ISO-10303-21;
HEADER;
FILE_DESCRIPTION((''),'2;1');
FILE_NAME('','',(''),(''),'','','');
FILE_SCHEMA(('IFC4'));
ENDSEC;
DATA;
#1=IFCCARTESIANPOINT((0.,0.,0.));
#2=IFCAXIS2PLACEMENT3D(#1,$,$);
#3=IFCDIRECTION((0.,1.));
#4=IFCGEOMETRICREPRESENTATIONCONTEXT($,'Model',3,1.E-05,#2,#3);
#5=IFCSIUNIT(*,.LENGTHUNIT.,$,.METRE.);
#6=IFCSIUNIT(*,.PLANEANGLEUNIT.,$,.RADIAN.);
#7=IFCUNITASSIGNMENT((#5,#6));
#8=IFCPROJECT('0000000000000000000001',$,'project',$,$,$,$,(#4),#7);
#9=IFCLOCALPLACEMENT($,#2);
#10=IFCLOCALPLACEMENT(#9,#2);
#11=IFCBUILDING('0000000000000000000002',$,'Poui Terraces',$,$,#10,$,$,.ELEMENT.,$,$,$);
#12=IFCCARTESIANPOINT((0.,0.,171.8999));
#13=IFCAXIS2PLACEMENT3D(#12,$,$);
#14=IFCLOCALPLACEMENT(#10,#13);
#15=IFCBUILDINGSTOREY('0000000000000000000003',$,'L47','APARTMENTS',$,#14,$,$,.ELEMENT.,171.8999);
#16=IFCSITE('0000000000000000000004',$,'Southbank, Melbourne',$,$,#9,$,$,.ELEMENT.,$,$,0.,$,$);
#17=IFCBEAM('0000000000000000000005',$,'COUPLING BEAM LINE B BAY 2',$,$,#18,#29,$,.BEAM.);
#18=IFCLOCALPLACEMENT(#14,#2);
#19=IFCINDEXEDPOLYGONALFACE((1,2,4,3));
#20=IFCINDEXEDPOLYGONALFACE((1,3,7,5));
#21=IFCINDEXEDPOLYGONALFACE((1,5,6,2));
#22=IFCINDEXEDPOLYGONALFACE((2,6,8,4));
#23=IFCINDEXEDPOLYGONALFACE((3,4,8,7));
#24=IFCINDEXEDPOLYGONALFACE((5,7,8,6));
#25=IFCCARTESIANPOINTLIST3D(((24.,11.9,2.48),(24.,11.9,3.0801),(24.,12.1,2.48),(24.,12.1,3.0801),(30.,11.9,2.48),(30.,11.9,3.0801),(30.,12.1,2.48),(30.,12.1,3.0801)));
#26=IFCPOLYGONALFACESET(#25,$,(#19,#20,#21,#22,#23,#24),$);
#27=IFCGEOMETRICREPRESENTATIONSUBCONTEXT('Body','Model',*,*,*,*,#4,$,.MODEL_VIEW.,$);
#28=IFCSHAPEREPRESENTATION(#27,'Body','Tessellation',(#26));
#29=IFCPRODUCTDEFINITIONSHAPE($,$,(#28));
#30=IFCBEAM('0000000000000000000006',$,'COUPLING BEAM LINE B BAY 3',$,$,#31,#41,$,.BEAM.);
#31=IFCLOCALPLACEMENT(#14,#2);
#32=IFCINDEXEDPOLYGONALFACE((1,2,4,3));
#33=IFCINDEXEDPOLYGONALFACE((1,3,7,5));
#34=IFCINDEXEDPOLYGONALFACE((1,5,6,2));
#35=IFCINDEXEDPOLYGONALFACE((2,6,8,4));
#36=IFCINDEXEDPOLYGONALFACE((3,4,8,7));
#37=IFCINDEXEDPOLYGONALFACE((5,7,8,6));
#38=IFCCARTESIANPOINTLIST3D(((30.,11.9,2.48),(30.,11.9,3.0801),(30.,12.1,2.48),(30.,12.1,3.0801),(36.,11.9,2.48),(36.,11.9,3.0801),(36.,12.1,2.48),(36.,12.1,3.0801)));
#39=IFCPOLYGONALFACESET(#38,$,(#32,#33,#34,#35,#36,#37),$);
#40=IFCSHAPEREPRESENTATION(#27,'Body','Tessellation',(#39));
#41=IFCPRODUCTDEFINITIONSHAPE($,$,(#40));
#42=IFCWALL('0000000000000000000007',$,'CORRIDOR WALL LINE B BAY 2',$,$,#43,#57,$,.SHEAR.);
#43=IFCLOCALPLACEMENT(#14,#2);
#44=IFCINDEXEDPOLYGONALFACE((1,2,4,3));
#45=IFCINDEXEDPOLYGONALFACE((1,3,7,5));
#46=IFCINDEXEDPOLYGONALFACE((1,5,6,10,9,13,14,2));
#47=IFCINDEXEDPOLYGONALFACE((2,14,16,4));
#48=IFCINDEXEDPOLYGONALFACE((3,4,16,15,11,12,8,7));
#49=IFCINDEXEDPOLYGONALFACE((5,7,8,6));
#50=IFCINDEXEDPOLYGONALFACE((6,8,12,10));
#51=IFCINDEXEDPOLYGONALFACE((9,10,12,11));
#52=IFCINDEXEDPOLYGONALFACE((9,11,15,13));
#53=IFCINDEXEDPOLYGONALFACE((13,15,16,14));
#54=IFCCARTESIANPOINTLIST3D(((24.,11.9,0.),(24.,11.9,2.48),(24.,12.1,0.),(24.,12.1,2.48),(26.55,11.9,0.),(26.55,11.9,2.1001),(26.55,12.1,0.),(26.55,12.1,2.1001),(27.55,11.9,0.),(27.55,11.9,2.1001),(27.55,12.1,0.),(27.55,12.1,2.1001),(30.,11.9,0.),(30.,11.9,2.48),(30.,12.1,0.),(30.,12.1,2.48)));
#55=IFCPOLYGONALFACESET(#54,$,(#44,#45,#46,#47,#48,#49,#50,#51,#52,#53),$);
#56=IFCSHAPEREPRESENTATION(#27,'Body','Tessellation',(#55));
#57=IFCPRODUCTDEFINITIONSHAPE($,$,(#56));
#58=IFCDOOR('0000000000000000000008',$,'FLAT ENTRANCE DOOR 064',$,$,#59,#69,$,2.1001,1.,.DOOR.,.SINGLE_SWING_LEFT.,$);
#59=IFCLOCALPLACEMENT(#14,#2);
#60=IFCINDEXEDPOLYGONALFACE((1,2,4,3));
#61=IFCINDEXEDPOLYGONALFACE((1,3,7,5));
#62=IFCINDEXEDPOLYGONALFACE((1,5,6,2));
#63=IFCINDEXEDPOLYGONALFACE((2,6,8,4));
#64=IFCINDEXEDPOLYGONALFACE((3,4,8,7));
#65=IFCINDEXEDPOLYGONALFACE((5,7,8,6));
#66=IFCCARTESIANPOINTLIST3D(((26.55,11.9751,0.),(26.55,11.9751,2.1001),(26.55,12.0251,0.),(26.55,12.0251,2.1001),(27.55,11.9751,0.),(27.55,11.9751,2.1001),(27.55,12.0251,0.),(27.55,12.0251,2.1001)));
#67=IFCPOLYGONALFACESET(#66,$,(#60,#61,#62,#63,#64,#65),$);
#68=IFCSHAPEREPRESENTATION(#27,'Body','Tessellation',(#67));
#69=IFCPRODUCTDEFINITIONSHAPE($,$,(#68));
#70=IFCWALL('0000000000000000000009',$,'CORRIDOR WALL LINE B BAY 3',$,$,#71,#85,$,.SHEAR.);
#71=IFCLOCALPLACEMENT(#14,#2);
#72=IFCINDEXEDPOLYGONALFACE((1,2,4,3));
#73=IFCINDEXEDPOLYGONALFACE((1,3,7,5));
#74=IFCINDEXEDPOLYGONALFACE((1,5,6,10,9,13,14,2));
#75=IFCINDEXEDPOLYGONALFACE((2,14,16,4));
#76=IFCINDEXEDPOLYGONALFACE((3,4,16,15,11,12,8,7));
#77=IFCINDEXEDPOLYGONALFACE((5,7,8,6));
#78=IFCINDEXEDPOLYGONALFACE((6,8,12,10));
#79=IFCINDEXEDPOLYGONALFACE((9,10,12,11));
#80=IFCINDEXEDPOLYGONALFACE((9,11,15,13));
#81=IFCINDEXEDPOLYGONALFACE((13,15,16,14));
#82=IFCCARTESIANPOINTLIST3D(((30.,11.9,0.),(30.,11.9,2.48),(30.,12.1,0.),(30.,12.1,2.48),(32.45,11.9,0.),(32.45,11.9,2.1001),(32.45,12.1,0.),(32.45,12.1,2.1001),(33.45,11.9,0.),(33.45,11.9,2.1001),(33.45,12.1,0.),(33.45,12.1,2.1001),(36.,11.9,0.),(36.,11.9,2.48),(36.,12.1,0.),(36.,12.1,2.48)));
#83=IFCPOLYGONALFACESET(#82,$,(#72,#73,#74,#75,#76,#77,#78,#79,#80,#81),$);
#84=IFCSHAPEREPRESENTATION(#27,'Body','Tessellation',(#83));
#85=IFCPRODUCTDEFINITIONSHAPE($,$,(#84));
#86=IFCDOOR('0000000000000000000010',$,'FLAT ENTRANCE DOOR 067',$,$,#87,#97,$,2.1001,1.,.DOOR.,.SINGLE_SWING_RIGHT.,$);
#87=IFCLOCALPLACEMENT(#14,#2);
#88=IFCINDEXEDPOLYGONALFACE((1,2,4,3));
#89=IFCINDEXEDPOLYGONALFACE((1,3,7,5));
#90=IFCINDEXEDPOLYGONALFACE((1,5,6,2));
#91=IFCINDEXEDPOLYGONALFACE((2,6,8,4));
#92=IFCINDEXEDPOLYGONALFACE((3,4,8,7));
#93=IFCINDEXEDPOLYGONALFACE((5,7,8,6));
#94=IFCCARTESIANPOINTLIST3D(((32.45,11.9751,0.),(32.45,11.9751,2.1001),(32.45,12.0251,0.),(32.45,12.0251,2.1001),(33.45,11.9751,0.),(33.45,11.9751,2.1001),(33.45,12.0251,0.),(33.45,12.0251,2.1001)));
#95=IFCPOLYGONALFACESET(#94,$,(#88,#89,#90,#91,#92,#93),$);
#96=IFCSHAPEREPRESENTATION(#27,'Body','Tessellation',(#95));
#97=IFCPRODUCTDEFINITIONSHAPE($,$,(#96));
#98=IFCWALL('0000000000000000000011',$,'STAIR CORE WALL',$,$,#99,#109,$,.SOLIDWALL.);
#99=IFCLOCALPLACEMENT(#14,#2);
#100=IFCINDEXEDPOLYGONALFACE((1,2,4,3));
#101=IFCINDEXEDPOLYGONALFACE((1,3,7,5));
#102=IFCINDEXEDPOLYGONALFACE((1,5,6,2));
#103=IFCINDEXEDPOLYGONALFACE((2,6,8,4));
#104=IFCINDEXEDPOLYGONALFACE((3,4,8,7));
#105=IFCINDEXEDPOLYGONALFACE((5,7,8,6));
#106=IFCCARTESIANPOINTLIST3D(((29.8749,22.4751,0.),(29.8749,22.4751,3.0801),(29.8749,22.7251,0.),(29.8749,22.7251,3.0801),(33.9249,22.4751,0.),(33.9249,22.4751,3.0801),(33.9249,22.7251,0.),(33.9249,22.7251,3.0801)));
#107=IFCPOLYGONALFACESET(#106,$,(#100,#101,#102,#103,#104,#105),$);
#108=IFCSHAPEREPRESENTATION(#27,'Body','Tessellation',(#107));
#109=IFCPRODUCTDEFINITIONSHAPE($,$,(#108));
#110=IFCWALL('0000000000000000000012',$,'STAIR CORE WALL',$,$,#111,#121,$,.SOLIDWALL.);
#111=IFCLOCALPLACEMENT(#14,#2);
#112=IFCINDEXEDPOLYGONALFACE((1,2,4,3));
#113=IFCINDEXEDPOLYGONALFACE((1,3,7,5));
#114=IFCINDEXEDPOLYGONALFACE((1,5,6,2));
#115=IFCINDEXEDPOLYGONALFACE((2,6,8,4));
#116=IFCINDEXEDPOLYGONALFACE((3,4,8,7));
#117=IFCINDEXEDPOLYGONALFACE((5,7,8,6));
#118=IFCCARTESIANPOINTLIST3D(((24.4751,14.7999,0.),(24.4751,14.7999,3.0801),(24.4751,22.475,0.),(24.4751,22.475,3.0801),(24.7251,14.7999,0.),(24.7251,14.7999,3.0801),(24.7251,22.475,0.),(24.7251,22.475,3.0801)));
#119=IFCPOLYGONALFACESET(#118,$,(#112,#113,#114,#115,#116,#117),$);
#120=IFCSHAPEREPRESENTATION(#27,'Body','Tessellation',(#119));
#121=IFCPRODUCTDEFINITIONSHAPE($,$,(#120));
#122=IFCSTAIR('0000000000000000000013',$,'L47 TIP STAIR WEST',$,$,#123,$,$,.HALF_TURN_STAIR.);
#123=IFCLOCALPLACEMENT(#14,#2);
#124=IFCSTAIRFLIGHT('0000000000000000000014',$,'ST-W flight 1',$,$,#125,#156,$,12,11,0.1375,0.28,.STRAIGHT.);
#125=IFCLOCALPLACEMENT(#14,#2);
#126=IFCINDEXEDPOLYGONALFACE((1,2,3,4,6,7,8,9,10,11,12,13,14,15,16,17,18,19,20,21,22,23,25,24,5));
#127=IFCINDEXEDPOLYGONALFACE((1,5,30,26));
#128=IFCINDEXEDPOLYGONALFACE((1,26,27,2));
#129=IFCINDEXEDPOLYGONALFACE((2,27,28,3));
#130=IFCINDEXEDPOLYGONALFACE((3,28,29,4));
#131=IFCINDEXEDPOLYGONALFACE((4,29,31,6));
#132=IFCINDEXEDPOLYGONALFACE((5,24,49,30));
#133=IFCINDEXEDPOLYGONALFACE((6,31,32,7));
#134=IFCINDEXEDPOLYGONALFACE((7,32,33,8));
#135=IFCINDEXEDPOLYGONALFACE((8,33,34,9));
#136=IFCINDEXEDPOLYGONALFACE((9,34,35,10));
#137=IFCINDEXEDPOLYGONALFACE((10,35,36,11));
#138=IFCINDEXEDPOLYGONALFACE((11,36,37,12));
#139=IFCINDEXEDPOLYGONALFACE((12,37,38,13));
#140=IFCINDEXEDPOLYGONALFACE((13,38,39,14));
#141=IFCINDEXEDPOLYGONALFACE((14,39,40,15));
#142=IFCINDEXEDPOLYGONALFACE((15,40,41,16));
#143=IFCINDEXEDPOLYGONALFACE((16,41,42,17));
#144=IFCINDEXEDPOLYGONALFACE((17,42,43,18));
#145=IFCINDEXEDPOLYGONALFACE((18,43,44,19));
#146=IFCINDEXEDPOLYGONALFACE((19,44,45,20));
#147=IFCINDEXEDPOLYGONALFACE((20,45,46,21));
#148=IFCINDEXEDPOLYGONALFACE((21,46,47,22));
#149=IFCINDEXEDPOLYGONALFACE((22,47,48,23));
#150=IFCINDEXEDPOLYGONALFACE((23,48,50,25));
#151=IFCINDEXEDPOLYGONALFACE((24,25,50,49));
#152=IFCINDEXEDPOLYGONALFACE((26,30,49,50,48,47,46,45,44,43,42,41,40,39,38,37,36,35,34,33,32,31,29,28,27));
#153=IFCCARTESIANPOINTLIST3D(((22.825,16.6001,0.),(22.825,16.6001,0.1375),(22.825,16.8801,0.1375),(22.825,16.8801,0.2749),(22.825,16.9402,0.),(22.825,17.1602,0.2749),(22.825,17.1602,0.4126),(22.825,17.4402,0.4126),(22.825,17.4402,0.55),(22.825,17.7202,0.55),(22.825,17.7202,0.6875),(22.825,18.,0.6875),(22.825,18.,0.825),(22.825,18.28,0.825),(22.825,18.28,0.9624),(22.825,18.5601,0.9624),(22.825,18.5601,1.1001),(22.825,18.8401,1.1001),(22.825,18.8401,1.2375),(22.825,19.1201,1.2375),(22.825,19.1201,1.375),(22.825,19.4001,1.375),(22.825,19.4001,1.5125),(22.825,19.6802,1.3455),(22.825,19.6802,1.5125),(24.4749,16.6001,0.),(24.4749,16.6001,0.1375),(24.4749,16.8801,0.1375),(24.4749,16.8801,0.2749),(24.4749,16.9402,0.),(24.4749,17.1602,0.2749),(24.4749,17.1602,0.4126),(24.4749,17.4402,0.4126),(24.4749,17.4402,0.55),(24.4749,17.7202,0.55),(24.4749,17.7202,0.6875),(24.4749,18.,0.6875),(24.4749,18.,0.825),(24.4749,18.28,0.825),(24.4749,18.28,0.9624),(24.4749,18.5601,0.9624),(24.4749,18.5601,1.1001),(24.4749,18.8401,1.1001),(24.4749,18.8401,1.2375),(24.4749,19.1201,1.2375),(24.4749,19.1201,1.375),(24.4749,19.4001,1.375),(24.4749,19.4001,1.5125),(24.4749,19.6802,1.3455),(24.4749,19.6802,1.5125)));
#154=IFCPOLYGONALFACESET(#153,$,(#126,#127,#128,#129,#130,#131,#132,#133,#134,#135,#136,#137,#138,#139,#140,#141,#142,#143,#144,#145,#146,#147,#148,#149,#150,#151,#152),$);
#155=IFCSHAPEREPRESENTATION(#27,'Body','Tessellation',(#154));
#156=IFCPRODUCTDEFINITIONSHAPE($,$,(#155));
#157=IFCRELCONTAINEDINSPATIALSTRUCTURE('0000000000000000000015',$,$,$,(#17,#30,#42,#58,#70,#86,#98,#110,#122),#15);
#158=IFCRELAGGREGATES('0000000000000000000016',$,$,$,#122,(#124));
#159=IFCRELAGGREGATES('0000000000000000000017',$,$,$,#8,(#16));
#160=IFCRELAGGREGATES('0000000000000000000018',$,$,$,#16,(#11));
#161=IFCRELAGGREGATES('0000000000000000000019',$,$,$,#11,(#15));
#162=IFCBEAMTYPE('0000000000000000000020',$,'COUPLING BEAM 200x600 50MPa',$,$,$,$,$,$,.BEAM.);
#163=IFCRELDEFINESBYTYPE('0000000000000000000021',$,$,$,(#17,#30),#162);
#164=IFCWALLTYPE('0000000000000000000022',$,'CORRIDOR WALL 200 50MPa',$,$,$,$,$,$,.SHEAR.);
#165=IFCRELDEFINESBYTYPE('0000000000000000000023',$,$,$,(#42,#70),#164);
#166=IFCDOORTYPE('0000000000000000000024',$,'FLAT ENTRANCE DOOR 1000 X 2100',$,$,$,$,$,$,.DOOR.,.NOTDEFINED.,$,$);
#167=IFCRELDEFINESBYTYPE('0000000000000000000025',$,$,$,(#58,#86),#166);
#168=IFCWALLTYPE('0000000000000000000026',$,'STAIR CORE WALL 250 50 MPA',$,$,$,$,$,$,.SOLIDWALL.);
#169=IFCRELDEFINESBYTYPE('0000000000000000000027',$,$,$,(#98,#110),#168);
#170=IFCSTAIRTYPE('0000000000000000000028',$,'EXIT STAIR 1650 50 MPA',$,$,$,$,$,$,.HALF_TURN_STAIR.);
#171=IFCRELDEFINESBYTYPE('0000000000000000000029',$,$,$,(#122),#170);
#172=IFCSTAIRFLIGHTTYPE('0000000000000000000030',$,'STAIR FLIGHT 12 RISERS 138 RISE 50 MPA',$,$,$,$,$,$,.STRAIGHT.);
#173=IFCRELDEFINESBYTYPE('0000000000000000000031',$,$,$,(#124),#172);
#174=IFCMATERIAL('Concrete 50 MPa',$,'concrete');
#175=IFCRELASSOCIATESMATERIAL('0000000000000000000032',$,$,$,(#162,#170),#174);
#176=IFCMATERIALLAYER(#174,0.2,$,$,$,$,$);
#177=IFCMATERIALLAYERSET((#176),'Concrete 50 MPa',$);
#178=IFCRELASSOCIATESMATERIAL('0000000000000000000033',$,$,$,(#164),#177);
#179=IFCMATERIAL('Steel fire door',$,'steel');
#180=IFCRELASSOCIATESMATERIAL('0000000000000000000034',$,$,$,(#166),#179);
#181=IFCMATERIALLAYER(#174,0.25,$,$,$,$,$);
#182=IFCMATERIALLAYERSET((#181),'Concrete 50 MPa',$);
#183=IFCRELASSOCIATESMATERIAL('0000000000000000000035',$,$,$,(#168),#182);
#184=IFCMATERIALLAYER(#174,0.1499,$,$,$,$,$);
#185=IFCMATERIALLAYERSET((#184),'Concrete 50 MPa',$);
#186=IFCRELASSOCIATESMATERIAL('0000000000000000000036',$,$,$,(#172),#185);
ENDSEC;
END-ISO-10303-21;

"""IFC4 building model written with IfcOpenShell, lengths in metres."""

from ifc_helpers import new_model, si_unit, direction, frame, frame_2d, origin, origin_2d, place, context, subcontext, project, spatial, polyline, rectangle, outline, extrude, source, transform, mapped, material, layer, layer_set, material_profile, profile_set, type_object, element, fill, aggregate, save


model = new_model("IFC4")

# Units and contexts
model_context = context("Model", 3, precision=1e-05, world=origin(), true_north=direction((0.0, 1.0)))
body_context = subcontext(model_context, "Body", "Model", "MODEL_VIEW")
ifc_project = project(units=[si_unit("LENGTHUNIT", "METRE"), si_unit("PLANEANGLEUNIT", "RADIAN")], contexts=[model_context])

# Site, building, storey
site_placement = place(None, origin())
site = spatial("IfcSite", under=ifc_project, at=site_placement, Name="Southbank, Melbourne", CompositionType="ELEMENT", RefElevation=0.0)
building_placement = place(site_placement, origin())
building = spatial("IfcBuilding", under=site, at=building_placement, Name="Poui Terraces", CompositionType="ELEMENT")
storey_placement = place(building_placement, frame((0.0, 0.0, 171.8999)))
storey = spatial("IfcBuildingStorey", under=building, at=storey_placement, Name="L47", Description="APARTMENTS", CompositionType="ELEMENT", Elevation=171.8999)

# Beams
ifc_material_1 = material(Name="Concrete 50 MPa", Category="concrete")
ifc_material_profile = material_profile(ifc_material_1, rectangle(XDim=0.2, YDim=0.6001, at=origin_2d()), Name="RC 200x600")
ifc_profile_set = profile_set([ifc_material_profile], Name="Concrete 50 MPa")
beam_type = type_object("IfcBeamType", Name="COUPLING BEAM 200x600 50MPa", PredefinedType="BEAM", material=ifc_profile_set)
shared_shape = source(origin(), body_context, "Body", "SweptSolid", [
    extrude(rectangle(XDim=0.2, YDim=0.6001, at=origin_2d()), origin(), (0.0, 0.0, 1.0), 6.0),
])
for number, where, z_axis, x_axis, name in (
    (1, (24.0, 12.0, 2.78), (1.0, 0.0, 0.0), (0.0, 1.0, 0.0), "COUPLING BEAM LINE B BAY 2"),
    (2, (30.0, 12.0, 2.78), (1.0, 0.0, 0.0), (0.0, 1.0, 0.0), "COUPLING BEAM LINE B BAY 3"),
):
    element("IfcBeam", number, at=place(storey_placement, frame(where, z_axis=z_axis, x_axis=x_axis)), inside=storey, type_object=beam_type, Name=name, PredefinedType="BEAM", context=body_context, shape_type="MappedRepresentation", body=[
        mapped(shared_shape, transform((0.0, 0.0, 0.0))),
    ])

# Walls, openings, doors
ifc_layer_1 = layer(ifc_material_1, 0.2)
ifc_layer_set_1 = layer_set([ifc_layer_1], Name="Concrete 50 MPa")
wall_type_1 = type_object("IfcWallType", Name="CORRIDOR WALL 200 50MPa", PredefinedType="SHEAR", material=ifc_layer_set_1)
wall_1_placement = place(storey_placement, frame((24.0, 12.0, 0.0), z_axis=(0.0, 0.0, 1.0), x_axis=(1.0, 0.0, 0.0)))
wall_1 = element("IfcWall", 3, at=wall_1_placement, inside=storey, type_object=wall_type_1, Name="CORRIDOR WALL LINE B BAY 2", PredefinedType="SHEAR", context=body_context, shape_type="SweptSolid", body=[
    extrude(rectangle(XDim=6.0, YDim=0.2, at=frame_2d((3.0, 0.0))), origin(), (0.0, 0.0, 1.0), 2.48),
])
opening_1_placement = place(wall_1_placement, frame((2.55, 0.0, 0.0)))
opening_1 = element("IfcOpeningElement", 4, at=opening_1_placement, cuts=wall_1, PredefinedType="OPENING", context=body_context, shape_type="SweptSolid", body=[
    extrude(rectangle(XDim=1.0, YDim=2.1001, at=frame_2d((0.5, 1.05))), frame((0.0, 0.1099, 0.0), z_axis=(0.0, -1.0, 0.0), x_axis=(1.0, 0.0, 0.0)), (0.0, 0.0, 1.0), 0.22),
])
ifc_material_2 = material(Name="Steel fire door", Category="steel")
door_type = type_object("IfcDoorType", Name="FLAT ENTRANCE DOOR 1000 X 2100", OperationType="NOTDEFINED", PredefinedType="DOOR", material=ifc_material_2)
door_1_placement = place(opening_1_placement, frame((1.0, 0.0, 0.0), z_axis=(0.0, 0.0, 1.0), x_axis=(-1.0, 0.0, 0.0)))
door_1 = element("IfcDoor", 5, at=door_1_placement, inside=storey, type_object=door_type, Name="FLAT ENTRANCE DOOR 064", OperationType="SINGLE_SWING_LEFT", OverallHeight=2.1001, OverallWidth=1.0, PredefinedType="DOOR", context=body_context, shape_type="SweptSolid", body=[
    extrude(rectangle(XDim=1.0, YDim=2.1001, at=frame_2d((0.5, 1.05))), frame((0.0, 0.0249, 0.0), z_axis=(0.0, -1.0, 0.0), x_axis=(1.0, 0.0, 0.0)), (0.0, 0.0, 1.0), 0.05),
])
fill(opening_1, door_1)
wall_2_placement = place(storey_placement, frame((30.0, 12.0, 0.0), z_axis=(0.0, 0.0, 1.0), x_axis=(1.0, 0.0, 0.0)))
wall_2 = element("IfcWall", 6, at=wall_2_placement, inside=storey, type_object=wall_type_1, Name="CORRIDOR WALL LINE B BAY 3", PredefinedType="SHEAR", context=body_context, shape_type="SweptSolid", body=[
    extrude(rectangle(XDim=6.0, YDim=0.2, at=frame_2d((3.0, 0.0))), origin(), (0.0, 0.0, 1.0), 2.48),
])
opening_2_placement = place(wall_2_placement, frame((2.45, 0.0, 0.0)))
opening_2 = element("IfcOpeningElement", 7, at=opening_2_placement, cuts=wall_2, PredefinedType="OPENING", context=body_context, shape_type="SweptSolid", body=[
    extrude(rectangle(XDim=1.0, YDim=2.1001, at=frame_2d((0.5, 1.05))), frame((0.0, 0.1099, 0.0), z_axis=(0.0, -1.0, 0.0), x_axis=(1.0, 0.0, 0.0)), (0.0, 0.0, 1.0), 0.22),
])
door_2_placement = place(opening_2_placement, frame((1.0, 0.0, 0.0), z_axis=(0.0, 0.0, 1.0), x_axis=(-1.0, 0.0, 0.0)))
door_2 = element("IfcDoor", 8, at=door_2_placement, inside=storey, type_object=door_type, Name="FLAT ENTRANCE DOOR 067", OperationType="SINGLE_SWING_RIGHT", OverallHeight=2.1001, OverallWidth=1.0, PredefinedType="DOOR", context=body_context, shape_type="SweptSolid", body=[
    extrude(rectangle(XDim=1.0, YDim=2.1001, at=frame_2d((0.5, 1.05))), frame((0.0, 0.0249, 0.0), z_axis=(0.0, -1.0, 0.0), x_axis=(1.0, 0.0, 0.0)), (0.0, 0.0, 1.0), 0.05),
])
fill(opening_2, door_2)

# Walls
ifc_layer_2 = layer(ifc_material_1, 0.25)
ifc_layer_set_2 = layer_set([ifc_layer_2], Name="Concrete 50 MPa")
wall_type_2 = type_object("IfcWallType", Name="STAIR CORE WALL 250 50 MPA", PredefinedType="SOLIDWALL", material=ifc_layer_set_2)
wall_3_placement = place(storey_placement, frame((29.875, 22.6001, 0.0), z_axis=(0.0, 0.0, 1.0), x_axis=(1.0, 0.0, 0.0)))
element("IfcWall", 9, at=wall_3_placement, inside=storey, type_object=wall_type_2, Name="STAIR CORE WALL", PredefinedType="SOLIDWALL", context=body_context, shape_type="SweptSolid", body=[
    extrude(rectangle(XDim=4.05, YDim=0.25, at=frame_2d((2.0249, 0.0))), origin(), (0.0, 0.0, 1.0), 3.0801),
])
wall_4_placement = place(storey_placement, frame((24.6001, 14.8, 0.0), z_axis=(0.0, 0.0, 1.0), x_axis=(0.0, 1.0, 0.0)))
element("IfcWall", 10, at=wall_4_placement, inside=storey, type_object=wall_type_2, Name="STAIR CORE WALL", PredefinedType="SOLIDWALL", context=body_context, shape_type="SweptSolid", body=[
    extrude(rectangle(XDim=7.675, YDim=0.25, at=frame_2d((3.8374, 0.0))), origin(), (0.0, 0.0, 1.0), 3.0801),
])

# Stair, stair flight
stair_type = type_object("IfcStairType", Name="EXIT STAIR 1650 50 MPA", PredefinedType="HALF_TURN_STAIR", material=ifc_material_1)
stair_placement = place(storey_placement, origin())
stair = element("IfcStair", 11, at=stair_placement, inside=storey, type_object=stair_type, Name="L47 TIP STAIR WEST", PredefinedType="HALF_TURN_STAIR")
ifc_layer_3 = layer(ifc_material_1, 0.1499)
ifc_layer_set_3 = layer_set([ifc_layer_3], Name="Concrete 50 MPa")
stair_flight_type = type_object("IfcStairFlightType", Name="STAIR FLIGHT 12 RISERS 138 RISE 50 MPA", PredefinedType="STRAIGHT", material=ifc_layer_set_3)
stair_flight_placement = place(storey_placement, frame((23.6499, 16.6001, 0.0), z_axis=(0.0, 0.0, 1.0), x_axis=(0.0, 1.0, 0.0)))
stair_flight = element("IfcStairFlight", 12, at=stair_flight_placement, type_object=stair_flight_type, Name="ST-W flight 1", NumberOfRisers=12, NumberOfTreads=11, PredefinedType="STRAIGHT", RiserHeight=0.1375, TreadLength=0.28, context=body_context, shape_type="SweptSolid", body=[
    extrude(outline(polyline([(0.0, 0.0), (0.0, 0.1375), (0.28, 0.1375), (0.28, 0.2749), (0.5601, 0.2749), (0.5601, 0.4126), (0.8401, 0.4126), (0.8401, 0.55), (1.1201, 0.55), (1.1201, 0.6875), (1.3999, 0.6875), (1.3999, 0.825), (1.6799, 0.825), (1.6799, 0.9624), (1.96, 0.9624), (1.96, 1.1001), (2.24, 1.1001), (2.24, 1.2375), (2.52, 1.2375), (2.52, 1.375), (2.8, 1.375), (2.8, 1.5125), (3.0801, 1.5125), (3.0801, 1.6499), (3.0801, 1.3455), (0.3401, 0.0), (0.0, 0.0)])), frame((0.0, 0.825, 0.0), z_axis=(0.0, -1.0, 0.0), x_axis=(1.0, 0.0, 0.0)), (0.0, 0.0, 1.0), 1.6499),
])
aggregate(stair, [stair_flight])

save(model, "model.ifc")
